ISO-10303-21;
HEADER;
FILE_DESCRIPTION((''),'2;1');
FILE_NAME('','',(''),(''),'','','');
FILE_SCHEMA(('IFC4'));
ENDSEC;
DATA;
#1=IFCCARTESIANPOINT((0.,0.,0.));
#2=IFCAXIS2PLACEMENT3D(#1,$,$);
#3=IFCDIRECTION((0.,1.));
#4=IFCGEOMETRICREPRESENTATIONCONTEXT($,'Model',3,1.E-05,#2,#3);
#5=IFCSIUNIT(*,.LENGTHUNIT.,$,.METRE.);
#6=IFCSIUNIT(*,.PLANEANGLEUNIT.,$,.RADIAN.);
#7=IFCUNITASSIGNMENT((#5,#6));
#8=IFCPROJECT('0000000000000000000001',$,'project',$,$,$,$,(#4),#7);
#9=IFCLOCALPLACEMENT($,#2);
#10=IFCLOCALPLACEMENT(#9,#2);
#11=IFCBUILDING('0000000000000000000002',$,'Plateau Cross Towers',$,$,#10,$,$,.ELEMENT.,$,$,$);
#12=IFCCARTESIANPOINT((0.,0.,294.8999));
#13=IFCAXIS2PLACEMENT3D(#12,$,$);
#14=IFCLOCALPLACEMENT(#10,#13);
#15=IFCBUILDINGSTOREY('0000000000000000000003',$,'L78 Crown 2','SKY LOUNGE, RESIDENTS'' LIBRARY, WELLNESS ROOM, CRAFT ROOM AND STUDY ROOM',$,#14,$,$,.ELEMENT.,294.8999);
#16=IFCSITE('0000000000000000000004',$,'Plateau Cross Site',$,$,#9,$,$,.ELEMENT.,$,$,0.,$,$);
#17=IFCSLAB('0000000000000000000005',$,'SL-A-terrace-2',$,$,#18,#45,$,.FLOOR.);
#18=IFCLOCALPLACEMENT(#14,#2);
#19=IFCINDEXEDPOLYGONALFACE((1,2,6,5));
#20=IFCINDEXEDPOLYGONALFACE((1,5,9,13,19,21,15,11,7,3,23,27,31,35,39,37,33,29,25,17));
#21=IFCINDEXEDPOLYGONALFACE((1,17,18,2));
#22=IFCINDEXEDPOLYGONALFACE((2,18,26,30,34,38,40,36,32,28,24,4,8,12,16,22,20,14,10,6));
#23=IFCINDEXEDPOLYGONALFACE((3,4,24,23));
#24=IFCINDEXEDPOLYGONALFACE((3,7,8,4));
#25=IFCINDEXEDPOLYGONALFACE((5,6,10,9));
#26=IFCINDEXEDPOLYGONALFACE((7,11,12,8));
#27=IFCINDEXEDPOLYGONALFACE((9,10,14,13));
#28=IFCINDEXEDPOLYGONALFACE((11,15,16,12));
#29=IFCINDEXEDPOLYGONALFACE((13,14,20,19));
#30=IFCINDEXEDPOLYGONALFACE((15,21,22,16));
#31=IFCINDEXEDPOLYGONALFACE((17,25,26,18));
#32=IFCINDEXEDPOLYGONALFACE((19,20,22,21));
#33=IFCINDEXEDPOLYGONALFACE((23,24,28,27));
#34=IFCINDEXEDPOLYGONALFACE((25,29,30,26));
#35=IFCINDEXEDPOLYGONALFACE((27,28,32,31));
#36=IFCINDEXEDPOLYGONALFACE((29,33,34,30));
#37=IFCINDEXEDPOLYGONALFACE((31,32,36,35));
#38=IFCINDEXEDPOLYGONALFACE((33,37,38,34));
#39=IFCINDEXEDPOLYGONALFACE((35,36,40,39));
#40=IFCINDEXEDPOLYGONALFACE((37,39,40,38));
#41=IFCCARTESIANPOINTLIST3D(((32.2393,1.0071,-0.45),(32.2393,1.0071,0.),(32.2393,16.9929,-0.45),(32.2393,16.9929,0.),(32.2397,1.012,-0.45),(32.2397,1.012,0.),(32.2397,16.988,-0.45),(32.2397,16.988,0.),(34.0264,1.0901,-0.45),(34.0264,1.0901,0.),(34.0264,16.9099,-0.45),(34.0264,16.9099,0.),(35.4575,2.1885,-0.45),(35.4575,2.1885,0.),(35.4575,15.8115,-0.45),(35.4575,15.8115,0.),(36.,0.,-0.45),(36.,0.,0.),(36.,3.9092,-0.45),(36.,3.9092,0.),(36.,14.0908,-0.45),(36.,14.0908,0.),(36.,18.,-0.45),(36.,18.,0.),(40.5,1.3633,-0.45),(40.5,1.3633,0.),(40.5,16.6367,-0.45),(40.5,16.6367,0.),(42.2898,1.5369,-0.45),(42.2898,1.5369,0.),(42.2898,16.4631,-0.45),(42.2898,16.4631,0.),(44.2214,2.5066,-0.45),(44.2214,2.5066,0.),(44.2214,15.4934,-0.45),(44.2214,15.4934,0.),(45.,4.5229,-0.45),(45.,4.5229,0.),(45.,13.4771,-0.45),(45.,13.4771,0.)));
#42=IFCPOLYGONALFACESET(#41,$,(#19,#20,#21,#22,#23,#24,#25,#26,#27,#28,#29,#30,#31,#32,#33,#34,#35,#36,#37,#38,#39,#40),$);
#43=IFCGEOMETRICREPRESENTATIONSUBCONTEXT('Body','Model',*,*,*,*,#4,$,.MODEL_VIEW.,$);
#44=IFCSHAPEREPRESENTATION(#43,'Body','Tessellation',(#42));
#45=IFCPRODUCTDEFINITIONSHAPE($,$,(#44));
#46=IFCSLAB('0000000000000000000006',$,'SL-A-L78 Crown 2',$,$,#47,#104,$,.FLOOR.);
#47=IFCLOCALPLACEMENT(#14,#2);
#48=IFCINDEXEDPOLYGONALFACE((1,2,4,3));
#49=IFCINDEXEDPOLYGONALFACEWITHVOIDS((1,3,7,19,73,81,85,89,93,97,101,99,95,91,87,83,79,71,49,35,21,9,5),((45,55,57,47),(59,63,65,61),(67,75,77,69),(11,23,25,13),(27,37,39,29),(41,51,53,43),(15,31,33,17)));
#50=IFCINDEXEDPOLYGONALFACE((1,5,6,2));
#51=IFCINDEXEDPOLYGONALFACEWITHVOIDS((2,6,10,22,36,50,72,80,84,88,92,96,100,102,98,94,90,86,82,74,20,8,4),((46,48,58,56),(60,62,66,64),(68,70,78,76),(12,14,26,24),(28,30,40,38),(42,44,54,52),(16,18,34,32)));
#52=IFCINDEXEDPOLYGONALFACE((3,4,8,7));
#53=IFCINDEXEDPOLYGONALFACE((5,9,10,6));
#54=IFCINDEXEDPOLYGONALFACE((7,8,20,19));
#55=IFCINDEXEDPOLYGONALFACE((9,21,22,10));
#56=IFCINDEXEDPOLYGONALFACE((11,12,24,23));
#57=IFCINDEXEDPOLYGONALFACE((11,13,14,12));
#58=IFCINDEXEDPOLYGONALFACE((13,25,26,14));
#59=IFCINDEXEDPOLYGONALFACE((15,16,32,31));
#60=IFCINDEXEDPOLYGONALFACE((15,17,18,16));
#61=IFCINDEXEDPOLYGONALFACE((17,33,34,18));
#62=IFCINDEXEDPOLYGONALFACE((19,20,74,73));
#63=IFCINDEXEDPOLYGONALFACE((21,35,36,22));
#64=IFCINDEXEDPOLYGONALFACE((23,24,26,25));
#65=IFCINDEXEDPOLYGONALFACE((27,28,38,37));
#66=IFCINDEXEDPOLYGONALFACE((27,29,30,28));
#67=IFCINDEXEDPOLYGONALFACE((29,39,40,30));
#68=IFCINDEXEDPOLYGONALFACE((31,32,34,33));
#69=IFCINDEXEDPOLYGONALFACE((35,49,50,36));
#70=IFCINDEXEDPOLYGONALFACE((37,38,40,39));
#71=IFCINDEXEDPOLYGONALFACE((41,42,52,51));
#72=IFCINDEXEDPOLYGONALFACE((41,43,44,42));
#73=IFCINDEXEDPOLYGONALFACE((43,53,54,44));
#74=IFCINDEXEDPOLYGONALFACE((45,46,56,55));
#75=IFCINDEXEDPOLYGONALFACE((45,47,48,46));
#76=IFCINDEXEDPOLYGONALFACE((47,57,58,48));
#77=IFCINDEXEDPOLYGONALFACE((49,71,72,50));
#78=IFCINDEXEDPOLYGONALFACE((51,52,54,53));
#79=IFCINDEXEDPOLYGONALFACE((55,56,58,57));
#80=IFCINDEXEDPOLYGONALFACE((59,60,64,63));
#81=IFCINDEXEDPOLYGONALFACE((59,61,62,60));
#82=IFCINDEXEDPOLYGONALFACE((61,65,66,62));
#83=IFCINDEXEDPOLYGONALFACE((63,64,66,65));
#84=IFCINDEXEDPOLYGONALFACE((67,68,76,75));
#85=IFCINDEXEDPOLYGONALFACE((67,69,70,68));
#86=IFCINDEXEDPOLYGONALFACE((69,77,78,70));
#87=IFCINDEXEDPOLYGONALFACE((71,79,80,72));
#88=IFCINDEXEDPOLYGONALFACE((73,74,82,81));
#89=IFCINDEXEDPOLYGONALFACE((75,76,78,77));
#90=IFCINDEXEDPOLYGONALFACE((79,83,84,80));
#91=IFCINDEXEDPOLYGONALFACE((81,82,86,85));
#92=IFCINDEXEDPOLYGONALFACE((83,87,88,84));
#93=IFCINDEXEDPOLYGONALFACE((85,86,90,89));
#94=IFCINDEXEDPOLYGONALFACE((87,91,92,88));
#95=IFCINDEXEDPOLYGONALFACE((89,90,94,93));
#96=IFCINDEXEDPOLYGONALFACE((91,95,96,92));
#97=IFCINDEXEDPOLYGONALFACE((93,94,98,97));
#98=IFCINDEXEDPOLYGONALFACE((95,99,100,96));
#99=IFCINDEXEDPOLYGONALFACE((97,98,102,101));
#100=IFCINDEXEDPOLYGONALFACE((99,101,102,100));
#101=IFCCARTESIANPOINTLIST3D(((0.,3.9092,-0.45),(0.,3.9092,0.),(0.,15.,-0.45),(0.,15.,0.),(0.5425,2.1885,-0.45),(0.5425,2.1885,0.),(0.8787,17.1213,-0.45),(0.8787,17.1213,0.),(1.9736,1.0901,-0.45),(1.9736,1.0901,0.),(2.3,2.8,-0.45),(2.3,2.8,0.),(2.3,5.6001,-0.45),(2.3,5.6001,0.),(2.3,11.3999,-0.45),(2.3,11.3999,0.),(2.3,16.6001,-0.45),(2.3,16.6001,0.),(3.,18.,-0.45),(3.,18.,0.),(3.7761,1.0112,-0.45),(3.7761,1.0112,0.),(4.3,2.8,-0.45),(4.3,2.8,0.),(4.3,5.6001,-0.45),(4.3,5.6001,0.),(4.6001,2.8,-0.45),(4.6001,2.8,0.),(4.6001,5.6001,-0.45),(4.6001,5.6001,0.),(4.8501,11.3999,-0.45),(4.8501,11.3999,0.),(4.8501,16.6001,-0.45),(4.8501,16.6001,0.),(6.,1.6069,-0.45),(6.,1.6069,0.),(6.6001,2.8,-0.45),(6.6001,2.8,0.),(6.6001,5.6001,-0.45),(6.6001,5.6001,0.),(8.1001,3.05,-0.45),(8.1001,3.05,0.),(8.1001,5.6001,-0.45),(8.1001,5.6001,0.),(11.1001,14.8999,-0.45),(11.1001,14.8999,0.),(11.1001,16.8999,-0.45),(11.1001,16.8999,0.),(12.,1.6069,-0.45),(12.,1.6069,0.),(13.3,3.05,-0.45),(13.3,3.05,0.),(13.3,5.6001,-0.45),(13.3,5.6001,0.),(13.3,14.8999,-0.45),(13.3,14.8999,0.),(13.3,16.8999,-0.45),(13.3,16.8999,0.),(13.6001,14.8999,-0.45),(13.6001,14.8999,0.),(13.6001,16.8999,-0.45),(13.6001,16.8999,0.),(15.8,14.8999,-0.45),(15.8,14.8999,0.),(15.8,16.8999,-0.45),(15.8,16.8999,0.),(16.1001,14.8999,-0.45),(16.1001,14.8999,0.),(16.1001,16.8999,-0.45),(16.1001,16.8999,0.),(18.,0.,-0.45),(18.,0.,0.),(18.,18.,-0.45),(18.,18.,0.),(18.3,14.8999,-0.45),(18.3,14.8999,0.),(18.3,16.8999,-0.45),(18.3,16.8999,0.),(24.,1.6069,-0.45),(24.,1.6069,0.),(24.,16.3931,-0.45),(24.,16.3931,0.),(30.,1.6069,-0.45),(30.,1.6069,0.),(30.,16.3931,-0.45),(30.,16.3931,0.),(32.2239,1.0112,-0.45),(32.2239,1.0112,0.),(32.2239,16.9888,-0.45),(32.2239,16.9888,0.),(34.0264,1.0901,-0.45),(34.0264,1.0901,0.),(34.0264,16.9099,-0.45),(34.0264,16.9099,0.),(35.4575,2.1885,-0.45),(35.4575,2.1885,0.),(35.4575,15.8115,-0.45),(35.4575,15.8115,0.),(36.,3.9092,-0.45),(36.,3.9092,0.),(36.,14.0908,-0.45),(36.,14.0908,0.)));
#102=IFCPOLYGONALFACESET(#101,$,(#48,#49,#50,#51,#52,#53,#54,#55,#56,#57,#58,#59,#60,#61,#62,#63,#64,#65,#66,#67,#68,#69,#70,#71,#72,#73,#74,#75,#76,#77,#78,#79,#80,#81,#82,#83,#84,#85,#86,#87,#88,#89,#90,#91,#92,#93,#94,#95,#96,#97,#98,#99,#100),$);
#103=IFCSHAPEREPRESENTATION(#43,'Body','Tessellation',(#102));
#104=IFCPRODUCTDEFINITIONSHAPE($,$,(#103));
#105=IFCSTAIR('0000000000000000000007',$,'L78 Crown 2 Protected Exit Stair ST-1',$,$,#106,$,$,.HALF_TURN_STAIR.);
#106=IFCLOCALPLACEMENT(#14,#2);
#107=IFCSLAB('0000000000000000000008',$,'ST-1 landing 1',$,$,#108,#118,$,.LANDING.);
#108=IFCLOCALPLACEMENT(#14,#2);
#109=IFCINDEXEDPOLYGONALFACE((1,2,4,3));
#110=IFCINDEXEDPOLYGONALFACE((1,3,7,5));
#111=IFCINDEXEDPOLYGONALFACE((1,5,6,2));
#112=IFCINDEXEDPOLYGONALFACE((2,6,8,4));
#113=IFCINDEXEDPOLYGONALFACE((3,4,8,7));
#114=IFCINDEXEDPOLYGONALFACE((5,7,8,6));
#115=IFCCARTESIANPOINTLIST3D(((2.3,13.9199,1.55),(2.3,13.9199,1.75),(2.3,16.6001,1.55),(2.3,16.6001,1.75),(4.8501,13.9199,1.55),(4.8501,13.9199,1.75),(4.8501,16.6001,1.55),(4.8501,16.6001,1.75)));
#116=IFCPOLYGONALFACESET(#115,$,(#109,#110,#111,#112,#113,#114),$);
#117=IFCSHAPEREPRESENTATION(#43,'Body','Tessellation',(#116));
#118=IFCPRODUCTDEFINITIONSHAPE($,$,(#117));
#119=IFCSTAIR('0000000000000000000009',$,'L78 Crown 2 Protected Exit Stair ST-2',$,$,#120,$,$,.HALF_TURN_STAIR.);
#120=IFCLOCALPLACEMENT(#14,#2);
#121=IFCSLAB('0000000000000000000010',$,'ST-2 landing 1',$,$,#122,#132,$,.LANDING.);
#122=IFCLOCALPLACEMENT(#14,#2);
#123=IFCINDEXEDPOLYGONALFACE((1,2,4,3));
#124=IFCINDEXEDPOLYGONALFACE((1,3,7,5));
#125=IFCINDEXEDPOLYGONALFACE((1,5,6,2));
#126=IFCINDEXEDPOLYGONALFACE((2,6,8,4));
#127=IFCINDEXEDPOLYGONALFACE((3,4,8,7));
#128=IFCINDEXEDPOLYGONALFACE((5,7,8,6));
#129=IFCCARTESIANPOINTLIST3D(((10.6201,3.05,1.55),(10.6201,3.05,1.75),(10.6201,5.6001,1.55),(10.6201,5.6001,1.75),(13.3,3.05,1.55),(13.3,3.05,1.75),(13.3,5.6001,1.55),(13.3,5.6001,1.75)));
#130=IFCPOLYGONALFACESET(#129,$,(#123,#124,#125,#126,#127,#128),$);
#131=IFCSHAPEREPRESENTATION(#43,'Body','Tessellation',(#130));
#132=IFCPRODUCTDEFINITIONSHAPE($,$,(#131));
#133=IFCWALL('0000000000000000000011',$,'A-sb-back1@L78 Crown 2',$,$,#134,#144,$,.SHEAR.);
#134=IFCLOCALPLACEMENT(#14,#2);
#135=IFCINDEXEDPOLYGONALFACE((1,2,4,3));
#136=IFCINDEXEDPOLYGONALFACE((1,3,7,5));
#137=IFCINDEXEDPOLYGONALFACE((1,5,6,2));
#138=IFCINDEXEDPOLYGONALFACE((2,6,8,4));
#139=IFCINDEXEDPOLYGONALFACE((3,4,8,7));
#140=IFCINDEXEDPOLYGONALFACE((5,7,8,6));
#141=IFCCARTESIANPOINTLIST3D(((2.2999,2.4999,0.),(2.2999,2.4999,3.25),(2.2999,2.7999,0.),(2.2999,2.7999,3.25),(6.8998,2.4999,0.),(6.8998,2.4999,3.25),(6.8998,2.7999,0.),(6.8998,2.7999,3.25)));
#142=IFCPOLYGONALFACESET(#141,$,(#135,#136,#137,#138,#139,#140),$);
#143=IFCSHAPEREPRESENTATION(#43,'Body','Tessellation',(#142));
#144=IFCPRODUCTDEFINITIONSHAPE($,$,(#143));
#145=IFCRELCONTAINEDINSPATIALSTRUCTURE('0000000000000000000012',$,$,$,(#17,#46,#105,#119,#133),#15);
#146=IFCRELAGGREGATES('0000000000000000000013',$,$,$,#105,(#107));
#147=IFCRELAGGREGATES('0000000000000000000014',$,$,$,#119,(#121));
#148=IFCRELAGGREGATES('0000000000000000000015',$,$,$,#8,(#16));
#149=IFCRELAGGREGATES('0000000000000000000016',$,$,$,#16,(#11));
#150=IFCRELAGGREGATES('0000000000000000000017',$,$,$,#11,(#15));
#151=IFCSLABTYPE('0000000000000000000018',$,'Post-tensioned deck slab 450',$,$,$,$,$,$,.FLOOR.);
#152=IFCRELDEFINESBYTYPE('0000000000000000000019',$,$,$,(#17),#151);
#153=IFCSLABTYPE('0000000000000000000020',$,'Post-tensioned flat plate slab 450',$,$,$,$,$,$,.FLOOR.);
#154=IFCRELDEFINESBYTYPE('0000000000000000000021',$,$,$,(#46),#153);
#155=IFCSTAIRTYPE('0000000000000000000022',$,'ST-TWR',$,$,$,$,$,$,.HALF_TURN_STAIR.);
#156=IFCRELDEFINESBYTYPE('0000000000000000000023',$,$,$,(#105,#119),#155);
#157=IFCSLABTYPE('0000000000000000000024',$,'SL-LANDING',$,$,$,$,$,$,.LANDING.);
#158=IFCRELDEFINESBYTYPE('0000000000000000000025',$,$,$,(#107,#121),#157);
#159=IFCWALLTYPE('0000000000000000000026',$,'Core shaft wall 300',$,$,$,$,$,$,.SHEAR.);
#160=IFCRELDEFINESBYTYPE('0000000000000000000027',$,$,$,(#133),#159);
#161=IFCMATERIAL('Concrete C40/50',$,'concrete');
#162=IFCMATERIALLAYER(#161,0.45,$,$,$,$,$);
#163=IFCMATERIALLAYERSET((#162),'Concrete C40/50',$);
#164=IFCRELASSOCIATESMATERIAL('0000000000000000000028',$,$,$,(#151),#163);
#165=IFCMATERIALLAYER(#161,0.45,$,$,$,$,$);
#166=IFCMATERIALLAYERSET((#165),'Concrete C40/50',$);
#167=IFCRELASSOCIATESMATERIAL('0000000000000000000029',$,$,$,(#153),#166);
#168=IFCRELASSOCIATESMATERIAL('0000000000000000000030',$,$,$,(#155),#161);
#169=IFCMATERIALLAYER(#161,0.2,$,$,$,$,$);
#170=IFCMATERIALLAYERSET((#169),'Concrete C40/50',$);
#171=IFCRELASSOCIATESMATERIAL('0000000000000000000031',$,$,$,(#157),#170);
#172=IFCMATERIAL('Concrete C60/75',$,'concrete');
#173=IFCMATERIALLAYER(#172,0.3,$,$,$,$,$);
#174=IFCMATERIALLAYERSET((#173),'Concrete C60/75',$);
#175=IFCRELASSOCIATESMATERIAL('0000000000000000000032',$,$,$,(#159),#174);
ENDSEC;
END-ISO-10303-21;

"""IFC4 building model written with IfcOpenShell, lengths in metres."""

from ifc_helpers import new_model, si_unit, direction, frame, frame_2d, origin, place, context, subcontext, project, spatial, polyline, rectangle, outline, extrude, material, layer, layer_set, type_object, element, aggregate, save


model = new_model("IFC4")

# Units and contexts
model_context = context("Model", 3, precision=1e-05, world=origin(), true_north=direction((0.0, 1.0)))
body_context = subcontext(model_context, "Body", "Model", "MODEL_VIEW")
ifc_project = project(units=[si_unit("LENGTHUNIT", "METRE"), si_unit("PLANEANGLEUNIT", "RADIAN")], contexts=[model_context])

# Site, building, storey
site_placement = place(None, origin())
site = spatial("IfcSite", under=ifc_project, at=site_placement, Name="Plateau Cross Site", CompositionType="ELEMENT", RefElevation=0.0)
building_placement = place(site_placement, origin())
building = spatial("IfcBuilding", under=site, at=building_placement, Name="Plateau Cross Towers", CompositionType="ELEMENT")
storey_placement = place(building_placement, frame((0.0, 0.0, 294.8999)))
storey = spatial("IfcBuildingStorey", under=building, at=storey_placement, Name="L78 Crown 2", Description="SKY LOUNGE, RESIDENTS' LIBRARY, WELLNESS ROOM, CRAFT ROOM AND STUDY ROOM", CompositionType="ELEMENT", Elevation=294.8999)

# Shared definitions
ifc_material_1 = material(Name="Concrete C60/75", Category="concrete")

# Slabs
ifc_material_2 = material(Name="Concrete C40/50", Category="concrete")
ifc_layer_1 = layer(ifc_material_2, 0.45)
ifc_layer_set_1 = layer_set([ifc_layer_1], Name="Concrete C40/50")
slab_type_1 = type_object("IfcSlabType", Name="Post-tensioned deck slab 450", PredefinedType="FLOOR", material=ifc_layer_set_1)
slab_1_placement = place(storey_placement, frame((0.0, 0.0, -0.45)))
element("IfcSlab", 1, at=slab_1_placement, inside=storey, type_object=slab_type_1, Name="SL-A-terrace-2", PredefinedType="FLOOR", context=body_context, shape_type="SweptSolid", body=[
    extrude(outline(polyline([(42.2898, 16.4631), (44.2214, 15.4934), (45.0, 13.4771), (45.0, 4.5229), (44.2214, 2.5066), (42.2898, 1.5369), (40.5, 1.3633), (36.0, 0.0), (32.2393, 1.0071), (32.2397, 1.012), (34.0264, 1.0901), (35.4575, 2.1885), (36.0, 3.9092), (36.0, 14.0908), (35.4575, 15.8115), (34.0264, 16.9099), (32.2397, 16.988), (32.2393, 16.9929), (36.0, 18.0), (40.5, 16.6367), (42.2898, 16.4631)])), origin(), (0.0, 0.0, 1.0), 0.45),
])
ifc_layer_2 = layer(ifc_material_2, 0.45)
ifc_layer_set_2 = layer_set([ifc_layer_2], Name="Concrete C40/50")
slab_type_2 = type_object("IfcSlabType", Name="Post-tensioned flat plate slab 450", PredefinedType="FLOOR", material=ifc_layer_set_2)
slab_2_placement = place(storey_placement, frame((0.0, 0.0, -0.45)))
element("IfcSlab", 2, at=slab_2_placement, inside=storey, type_object=slab_type_2, Name="SL-A-L78 Crown 2", PredefinedType="FLOOR", context=body_context, shape_type="SweptSolid", body=[
    extrude(outline(polyline([(1.9736, 1.0901), (0.5425, 2.1885), (0.0, 3.9092), (0.0, 15.0), (0.8787, 17.1213), (3.0, 18.0), (18.0, 18.0), (24.0, 16.3931), (30.0, 16.3931), (32.2239, 16.9888), (34.0264, 16.9099), (35.4575, 15.8115), (36.0, 14.0908), (36.0, 3.9092), (35.4575, 2.1885), (34.0264, 1.0901), (32.2239, 1.0112), (30.0, 1.6069), (24.0, 1.6069), (18.0, 0.0), (12.0, 1.6069), (6.0, 1.6069), (3.7761, 1.0112), (1.9736, 1.0901)]), holes=[polyline([(2.3, 5.6001), (2.3, 2.8), (4.3, 2.8), (4.3, 5.6001), (2.3, 5.6001)]), polyline([(6.6001, 5.6001), (4.6001, 5.6001), (4.6001, 2.8), (6.6001, 2.8), (6.6001, 5.6001)]), polyline([(13.3, 5.6001), (8.1001, 5.6001), (8.1001, 3.05), (13.3, 3.05), (13.3, 5.6001)]), polyline([(2.3, 16.6001), (2.3, 11.3999), (4.8501, 11.3999), (4.8501, 16.6001), (2.3, 16.6001)]), polyline([(13.3, 16.8999), (11.1001, 16.8999), (11.1001, 14.8999), (13.3, 14.8999), (13.3, 16.8999)]), polyline([(15.8, 16.8999), (13.6001, 16.8999), (13.6001, 14.8999), (15.8, 14.8999), (15.8, 16.8999)]), polyline([(18.3, 16.8999), (16.1001, 16.8999), (16.1001, 14.8999), (18.3, 14.8999), (18.3, 16.8999)])]), origin(), (0.0, 0.0, 1.0), 0.45),
])

# Stairs, slabs
stair_type = type_object("IfcStairType", Name="ST-TWR", PredefinedType="HALF_TURN_STAIR", material=ifc_material_2)
stair_1_placement = place(storey_placement, origin())
stair_1 = element("IfcStair", 3, at=stair_1_placement, inside=storey, type_object=stair_type, Name="L78 Crown 2 Protected Exit Stair ST-1", PredefinedType="HALF_TURN_STAIR")
ifc_layer_3 = layer(ifc_material_2, 0.2)
ifc_layer_set_3 = layer_set([ifc_layer_3], Name="Concrete C40/50")
slab_type_3 = type_object("IfcSlabType", Name="SL-LANDING", PredefinedType="LANDING", material=ifc_layer_set_3)
slab_3_placement = place(storey_placement, frame((0.0, 0.0, 1.55)))
slab_3 = element("IfcSlab", 4, at=slab_3_placement, type_object=slab_type_3, Name="ST-1 landing 1", PredefinedType="LANDING", context=body_context, shape_type="SweptSolid", body=[
    extrude(outline(polyline([(4.8501, 13.9199), (4.8501, 16.6001), (2.3, 16.6001), (2.3, 13.9199), (4.8501, 13.9199)])), origin(), (0.0, 0.0, 1.0), 0.2),
])
aggregate(stair_1, [slab_3])
stair_2_placement = place(storey_placement, origin())
stair_2 = element("IfcStair", 5, at=stair_2_placement, inside=storey, type_object=stair_type, Name="L78 Crown 2 Protected Exit Stair ST-2", PredefinedType="HALF_TURN_STAIR")
slab_4_placement = place(storey_placement, frame((0.0, 0.0, 1.55)))
slab_4 = element("IfcSlab", 6, at=slab_4_placement, type_object=slab_type_3, Name="ST-2 landing 1", PredefinedType="LANDING", context=body_context, shape_type="SweptSolid", body=[
    extrude(outline(polyline([(10.6201, 3.05), (13.3, 3.05), (13.3, 5.6001), (10.6201, 5.6001), (10.6201, 3.05)])), origin(), (0.0, 0.0, 1.0), 0.2),
])
aggregate(stair_2, [slab_4])

# Wall
ifc_layer_4 = layer(ifc_material_1, 0.3)
ifc_layer_set_4 = layer_set([ifc_layer_4], Name="Concrete C60/75")
wall_type_1 = type_object("IfcWallType", Name="Core shaft wall 300", PredefinedType="SHEAR", material=ifc_layer_set_4)
wall_1_placement = place(storey_placement, frame((2.3, 2.6499, 0.0), z_axis=(0.0, 0.0, 1.0), x_axis=(1.0, 0.0, 0.0)))
element("IfcWall", 7, at=wall_1_placement, inside=storey, type_object=wall_type_1, Name="A-sb-back1@L78 Crown 2", PredefinedType="SHEAR", context=body_context, shape_type="SweptSolid", body=[
    extrude(rectangle(XDim=4.5999, YDim=0.3, at=frame_2d((2.2998, 0.0))), origin(), (0.0, 0.0, 1.0), 3.25),
])

save(model, "model.ifc")
